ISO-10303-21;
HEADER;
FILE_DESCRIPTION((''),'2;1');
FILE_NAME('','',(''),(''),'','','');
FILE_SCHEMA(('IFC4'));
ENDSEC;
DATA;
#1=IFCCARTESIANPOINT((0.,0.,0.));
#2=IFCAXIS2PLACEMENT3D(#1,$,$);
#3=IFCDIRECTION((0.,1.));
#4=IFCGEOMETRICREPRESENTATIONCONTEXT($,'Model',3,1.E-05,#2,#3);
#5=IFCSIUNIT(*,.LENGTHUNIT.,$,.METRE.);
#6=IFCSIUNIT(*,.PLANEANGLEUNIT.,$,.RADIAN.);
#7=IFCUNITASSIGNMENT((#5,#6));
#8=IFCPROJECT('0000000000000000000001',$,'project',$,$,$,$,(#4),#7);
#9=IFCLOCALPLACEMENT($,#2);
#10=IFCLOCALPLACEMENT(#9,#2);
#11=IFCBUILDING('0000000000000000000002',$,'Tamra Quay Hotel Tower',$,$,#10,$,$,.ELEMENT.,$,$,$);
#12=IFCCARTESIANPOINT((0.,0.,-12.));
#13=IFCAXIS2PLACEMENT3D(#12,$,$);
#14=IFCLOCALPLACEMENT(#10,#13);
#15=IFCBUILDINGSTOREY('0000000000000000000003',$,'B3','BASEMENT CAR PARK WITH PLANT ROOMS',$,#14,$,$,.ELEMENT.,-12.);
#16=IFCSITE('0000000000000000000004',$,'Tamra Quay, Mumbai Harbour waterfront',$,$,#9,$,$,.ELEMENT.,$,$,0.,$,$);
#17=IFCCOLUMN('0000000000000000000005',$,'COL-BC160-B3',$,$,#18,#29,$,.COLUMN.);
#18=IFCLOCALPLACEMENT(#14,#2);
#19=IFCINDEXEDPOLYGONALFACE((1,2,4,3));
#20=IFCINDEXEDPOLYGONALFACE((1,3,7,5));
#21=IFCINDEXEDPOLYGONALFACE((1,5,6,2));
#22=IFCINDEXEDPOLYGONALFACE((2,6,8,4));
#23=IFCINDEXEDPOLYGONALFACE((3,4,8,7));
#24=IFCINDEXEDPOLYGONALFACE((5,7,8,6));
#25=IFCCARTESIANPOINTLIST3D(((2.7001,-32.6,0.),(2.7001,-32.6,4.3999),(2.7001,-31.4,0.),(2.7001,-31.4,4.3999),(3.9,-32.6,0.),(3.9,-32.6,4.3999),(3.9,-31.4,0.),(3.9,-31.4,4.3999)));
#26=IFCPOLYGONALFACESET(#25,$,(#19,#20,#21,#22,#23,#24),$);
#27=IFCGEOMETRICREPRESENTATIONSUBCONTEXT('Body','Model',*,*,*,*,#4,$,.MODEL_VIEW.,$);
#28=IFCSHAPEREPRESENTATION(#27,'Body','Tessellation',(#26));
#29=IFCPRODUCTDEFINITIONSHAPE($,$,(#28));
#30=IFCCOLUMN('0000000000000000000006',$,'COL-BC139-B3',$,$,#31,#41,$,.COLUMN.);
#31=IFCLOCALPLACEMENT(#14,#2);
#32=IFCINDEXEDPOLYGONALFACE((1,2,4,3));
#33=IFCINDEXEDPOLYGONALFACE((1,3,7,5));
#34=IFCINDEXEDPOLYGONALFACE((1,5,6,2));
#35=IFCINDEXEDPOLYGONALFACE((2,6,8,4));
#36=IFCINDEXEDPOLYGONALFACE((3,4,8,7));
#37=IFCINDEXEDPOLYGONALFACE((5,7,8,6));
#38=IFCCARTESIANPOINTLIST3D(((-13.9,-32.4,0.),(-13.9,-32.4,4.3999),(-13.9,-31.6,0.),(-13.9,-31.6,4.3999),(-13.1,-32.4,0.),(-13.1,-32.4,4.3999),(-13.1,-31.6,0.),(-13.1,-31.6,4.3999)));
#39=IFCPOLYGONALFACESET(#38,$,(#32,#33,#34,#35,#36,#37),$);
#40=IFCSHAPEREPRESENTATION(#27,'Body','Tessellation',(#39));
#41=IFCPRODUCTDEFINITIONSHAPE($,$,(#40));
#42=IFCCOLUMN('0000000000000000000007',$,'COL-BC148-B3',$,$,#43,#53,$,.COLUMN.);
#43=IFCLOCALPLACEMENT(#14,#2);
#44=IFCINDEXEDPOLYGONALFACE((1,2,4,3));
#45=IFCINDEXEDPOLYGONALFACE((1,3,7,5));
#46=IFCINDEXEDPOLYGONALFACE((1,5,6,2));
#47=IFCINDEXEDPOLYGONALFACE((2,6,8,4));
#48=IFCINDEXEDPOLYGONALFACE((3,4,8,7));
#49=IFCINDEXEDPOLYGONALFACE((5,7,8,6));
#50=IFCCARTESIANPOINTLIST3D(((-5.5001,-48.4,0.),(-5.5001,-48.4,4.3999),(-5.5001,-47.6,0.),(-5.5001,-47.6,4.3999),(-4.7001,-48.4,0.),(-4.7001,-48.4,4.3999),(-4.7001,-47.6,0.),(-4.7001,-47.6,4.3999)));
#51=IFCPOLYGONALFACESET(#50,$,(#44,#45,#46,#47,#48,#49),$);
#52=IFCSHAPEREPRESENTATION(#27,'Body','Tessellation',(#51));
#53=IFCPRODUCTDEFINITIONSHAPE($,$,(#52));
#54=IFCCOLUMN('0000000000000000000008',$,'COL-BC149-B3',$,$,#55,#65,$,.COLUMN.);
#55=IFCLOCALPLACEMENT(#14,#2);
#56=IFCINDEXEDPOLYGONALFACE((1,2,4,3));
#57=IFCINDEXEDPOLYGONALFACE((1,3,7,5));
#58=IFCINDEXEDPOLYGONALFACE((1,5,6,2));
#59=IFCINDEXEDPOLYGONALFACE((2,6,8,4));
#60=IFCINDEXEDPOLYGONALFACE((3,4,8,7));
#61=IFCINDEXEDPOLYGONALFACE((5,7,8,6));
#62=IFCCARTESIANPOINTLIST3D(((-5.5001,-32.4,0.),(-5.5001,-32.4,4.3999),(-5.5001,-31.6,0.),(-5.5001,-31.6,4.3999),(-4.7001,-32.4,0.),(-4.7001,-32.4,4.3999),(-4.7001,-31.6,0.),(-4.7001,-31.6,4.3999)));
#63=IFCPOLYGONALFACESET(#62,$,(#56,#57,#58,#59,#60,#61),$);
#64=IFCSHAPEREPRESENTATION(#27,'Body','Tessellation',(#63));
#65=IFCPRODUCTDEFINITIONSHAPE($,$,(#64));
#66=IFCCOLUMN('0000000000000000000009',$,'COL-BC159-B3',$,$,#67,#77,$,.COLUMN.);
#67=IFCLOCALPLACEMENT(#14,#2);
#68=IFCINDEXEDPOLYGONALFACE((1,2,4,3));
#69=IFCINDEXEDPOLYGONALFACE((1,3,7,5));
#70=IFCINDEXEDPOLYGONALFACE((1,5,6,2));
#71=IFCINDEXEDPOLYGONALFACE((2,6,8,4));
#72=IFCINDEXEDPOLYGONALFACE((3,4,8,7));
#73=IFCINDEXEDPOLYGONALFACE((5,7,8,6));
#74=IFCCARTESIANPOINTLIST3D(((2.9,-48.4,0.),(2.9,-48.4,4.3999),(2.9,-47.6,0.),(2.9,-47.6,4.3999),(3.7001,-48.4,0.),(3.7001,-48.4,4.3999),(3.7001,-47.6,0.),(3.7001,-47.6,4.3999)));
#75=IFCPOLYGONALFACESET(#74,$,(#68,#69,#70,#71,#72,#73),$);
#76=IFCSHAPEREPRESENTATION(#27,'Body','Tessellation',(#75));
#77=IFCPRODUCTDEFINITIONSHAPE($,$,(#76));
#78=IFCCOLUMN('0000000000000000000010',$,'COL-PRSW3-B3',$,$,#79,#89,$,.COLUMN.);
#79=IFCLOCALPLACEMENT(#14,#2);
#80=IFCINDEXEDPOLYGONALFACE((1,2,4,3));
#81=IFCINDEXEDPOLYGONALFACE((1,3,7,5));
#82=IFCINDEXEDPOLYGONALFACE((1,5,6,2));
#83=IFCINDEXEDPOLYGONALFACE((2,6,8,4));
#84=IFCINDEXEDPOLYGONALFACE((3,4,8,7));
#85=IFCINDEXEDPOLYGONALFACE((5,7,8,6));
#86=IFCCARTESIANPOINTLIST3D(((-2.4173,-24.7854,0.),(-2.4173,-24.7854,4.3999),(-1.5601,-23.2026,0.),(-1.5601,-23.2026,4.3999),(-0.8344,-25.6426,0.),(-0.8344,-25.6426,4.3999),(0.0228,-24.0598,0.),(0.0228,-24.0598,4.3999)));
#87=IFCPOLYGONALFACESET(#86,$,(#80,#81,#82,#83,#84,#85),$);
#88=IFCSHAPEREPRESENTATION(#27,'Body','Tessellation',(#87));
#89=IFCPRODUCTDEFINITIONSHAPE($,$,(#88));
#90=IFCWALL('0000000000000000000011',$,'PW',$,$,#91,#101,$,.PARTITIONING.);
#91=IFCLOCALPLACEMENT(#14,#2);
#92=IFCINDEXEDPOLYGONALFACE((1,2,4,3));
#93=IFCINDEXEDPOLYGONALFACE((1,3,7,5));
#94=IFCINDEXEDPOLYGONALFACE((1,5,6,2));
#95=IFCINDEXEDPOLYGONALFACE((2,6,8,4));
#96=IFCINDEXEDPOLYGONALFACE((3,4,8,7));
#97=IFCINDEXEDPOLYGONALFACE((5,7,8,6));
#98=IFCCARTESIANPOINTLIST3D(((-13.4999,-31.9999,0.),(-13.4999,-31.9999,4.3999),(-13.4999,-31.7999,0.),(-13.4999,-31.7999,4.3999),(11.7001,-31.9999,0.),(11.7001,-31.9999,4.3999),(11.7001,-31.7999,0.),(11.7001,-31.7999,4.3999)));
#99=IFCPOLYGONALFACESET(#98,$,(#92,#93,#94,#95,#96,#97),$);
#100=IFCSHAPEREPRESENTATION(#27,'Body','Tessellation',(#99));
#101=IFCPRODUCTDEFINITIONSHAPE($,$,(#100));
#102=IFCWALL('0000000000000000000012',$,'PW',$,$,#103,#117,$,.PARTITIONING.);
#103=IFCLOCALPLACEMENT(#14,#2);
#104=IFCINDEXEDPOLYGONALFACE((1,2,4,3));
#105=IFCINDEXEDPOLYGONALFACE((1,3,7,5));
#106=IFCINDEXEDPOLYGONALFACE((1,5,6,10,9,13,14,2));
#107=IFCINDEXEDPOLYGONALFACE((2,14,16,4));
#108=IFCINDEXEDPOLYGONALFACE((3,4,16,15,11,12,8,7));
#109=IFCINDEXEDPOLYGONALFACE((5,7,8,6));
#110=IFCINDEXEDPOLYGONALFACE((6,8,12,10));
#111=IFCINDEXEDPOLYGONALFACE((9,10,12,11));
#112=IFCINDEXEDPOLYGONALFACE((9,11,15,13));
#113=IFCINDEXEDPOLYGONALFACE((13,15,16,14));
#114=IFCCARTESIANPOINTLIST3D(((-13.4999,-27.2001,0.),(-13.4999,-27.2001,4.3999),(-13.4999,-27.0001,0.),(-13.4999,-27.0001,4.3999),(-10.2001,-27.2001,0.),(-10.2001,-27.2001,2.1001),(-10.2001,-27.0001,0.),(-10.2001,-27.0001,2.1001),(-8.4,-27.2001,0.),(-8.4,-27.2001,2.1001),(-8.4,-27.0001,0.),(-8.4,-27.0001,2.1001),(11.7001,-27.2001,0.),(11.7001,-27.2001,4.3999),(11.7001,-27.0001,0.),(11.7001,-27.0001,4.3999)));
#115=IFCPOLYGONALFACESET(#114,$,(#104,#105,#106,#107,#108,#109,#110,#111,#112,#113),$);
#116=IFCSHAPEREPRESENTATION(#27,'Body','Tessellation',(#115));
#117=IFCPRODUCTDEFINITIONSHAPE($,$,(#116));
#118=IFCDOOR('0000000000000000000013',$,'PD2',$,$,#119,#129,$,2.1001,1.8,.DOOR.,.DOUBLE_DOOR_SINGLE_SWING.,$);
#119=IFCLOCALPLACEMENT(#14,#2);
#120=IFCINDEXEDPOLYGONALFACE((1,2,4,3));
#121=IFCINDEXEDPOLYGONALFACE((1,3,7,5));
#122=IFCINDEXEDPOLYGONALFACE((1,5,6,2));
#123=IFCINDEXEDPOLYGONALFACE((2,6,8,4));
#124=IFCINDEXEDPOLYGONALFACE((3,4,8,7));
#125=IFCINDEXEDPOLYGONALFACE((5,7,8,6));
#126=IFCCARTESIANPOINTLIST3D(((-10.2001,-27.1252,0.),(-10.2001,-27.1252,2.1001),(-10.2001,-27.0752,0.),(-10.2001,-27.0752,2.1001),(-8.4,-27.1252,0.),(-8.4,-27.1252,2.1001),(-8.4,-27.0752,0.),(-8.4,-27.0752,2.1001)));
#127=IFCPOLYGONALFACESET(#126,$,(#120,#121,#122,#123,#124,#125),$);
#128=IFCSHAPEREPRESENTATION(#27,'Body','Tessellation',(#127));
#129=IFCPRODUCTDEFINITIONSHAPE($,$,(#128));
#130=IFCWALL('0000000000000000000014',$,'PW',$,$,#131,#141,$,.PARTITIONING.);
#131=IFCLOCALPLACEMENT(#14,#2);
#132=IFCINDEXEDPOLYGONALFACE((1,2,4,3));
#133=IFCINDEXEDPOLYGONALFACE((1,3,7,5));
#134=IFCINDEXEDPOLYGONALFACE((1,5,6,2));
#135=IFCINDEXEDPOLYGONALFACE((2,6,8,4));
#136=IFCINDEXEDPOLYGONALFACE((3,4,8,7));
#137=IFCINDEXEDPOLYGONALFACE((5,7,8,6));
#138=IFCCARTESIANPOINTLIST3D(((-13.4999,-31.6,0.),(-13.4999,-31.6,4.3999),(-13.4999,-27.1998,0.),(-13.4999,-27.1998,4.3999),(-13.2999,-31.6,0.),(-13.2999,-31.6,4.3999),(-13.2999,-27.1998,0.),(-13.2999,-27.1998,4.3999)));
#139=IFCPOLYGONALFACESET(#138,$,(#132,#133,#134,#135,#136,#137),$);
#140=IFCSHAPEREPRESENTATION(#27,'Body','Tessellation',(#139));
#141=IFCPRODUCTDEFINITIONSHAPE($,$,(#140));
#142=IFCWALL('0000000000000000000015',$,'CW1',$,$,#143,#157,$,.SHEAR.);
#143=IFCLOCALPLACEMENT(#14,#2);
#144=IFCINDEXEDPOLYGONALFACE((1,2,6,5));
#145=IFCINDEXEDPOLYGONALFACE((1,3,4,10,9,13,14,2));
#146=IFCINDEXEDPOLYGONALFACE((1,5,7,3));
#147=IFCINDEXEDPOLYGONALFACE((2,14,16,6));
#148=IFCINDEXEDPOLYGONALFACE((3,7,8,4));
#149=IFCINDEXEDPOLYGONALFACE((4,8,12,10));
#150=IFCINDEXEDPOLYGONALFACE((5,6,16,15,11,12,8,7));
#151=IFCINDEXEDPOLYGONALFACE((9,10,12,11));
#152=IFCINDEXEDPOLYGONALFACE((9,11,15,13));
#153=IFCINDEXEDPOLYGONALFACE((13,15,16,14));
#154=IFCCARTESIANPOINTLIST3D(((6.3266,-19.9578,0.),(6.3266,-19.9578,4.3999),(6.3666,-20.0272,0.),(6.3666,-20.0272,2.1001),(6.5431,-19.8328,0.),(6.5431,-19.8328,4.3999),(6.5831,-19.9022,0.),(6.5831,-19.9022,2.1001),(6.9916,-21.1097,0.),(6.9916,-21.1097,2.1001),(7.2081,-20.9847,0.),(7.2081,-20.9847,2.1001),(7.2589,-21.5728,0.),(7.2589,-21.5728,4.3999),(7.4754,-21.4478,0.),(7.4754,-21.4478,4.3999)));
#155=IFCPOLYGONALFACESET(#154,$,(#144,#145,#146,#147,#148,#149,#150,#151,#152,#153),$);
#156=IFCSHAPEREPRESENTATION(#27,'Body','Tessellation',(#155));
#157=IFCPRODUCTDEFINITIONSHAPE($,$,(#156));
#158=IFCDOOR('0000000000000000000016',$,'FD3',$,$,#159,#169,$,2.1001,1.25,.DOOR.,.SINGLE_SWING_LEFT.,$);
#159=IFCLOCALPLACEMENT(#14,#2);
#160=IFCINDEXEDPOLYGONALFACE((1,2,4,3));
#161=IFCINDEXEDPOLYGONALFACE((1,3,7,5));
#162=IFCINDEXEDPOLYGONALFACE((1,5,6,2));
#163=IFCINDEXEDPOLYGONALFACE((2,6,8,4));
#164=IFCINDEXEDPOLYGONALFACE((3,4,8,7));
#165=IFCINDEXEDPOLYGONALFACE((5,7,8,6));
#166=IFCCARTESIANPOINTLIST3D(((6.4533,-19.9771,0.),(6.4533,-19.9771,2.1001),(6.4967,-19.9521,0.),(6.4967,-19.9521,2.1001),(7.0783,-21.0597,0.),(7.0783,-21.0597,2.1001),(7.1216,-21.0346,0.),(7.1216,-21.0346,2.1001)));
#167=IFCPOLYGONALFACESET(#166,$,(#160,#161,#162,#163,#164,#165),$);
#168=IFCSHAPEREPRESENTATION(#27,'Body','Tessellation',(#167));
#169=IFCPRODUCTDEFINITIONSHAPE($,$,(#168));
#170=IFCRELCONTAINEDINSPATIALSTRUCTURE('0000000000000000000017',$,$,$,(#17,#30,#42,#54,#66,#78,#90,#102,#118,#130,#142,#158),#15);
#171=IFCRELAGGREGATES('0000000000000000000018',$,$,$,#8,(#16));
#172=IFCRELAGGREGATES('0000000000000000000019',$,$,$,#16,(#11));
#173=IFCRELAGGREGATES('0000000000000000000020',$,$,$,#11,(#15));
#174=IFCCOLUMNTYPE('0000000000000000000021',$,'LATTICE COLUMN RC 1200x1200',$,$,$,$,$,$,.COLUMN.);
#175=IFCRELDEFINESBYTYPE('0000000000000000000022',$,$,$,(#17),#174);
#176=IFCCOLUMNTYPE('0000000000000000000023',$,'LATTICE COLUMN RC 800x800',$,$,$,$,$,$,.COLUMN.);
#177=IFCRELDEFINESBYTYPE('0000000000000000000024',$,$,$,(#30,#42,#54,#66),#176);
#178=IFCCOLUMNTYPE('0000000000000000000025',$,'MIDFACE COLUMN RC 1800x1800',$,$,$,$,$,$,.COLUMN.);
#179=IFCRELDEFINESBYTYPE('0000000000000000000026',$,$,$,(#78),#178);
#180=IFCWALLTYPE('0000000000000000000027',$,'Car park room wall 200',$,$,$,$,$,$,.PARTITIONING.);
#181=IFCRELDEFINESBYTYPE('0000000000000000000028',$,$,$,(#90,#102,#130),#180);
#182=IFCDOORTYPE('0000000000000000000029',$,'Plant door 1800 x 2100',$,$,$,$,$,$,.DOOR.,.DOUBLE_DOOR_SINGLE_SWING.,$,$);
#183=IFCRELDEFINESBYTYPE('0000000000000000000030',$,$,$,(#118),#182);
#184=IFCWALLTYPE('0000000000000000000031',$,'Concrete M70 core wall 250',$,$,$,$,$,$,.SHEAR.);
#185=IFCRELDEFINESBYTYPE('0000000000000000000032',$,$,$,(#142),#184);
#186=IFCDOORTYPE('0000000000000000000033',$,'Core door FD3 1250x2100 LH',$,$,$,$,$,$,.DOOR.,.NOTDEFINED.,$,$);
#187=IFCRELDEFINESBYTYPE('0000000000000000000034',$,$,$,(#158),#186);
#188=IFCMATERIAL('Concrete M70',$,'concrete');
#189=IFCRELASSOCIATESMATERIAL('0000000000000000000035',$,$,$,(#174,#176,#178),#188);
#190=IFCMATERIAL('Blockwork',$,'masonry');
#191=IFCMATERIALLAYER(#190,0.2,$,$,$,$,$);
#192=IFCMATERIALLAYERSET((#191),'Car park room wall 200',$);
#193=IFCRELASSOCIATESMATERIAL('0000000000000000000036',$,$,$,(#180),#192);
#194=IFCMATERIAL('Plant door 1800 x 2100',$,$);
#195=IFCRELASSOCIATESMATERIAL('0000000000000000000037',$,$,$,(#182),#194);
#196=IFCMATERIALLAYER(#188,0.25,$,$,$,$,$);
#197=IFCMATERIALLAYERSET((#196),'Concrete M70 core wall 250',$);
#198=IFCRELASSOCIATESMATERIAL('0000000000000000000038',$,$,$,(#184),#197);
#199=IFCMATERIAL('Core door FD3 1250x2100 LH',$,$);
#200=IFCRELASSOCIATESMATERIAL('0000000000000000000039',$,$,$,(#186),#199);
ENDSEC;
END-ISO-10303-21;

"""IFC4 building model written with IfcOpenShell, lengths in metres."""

from ifc_helpers import new_model, si_unit, direction, frame, frame_2d, origin, origin_2d, place, context, subcontext, project, spatial, rectangle, extrude, material, layer, layer_set, material_profile, profile_set, type_object, element, fill, save


model = new_model("IFC4")

# Units and contexts
model_context = context("Model", 3, precision=1e-05, world=origin(), true_north=direction((0.0, 1.0)))
body_context = subcontext(model_context, "Body", "Model", "MODEL_VIEW")
ifc_project = project(units=[si_unit("LENGTHUNIT", "METRE"), si_unit("PLANEANGLEUNIT", "RADIAN")], contexts=[model_context])

# Site, building, storey
site_placement = place(None, origin())
site = spatial("IfcSite", under=ifc_project, at=site_placement, Name="Tamra Quay, Mumbai Harbour waterfront", CompositionType="ELEMENT", RefElevation=0.0)
building_placement = place(site_placement, origin())
building = spatial("IfcBuilding", under=site, at=building_placement, Name="Tamra Quay Hotel Tower", CompositionType="ELEMENT")
storey_placement = place(building_placement, frame((0.0, 0.0, -12.0)))
storey = spatial("IfcBuildingStorey", under=building, at=storey_placement, Name="B3", Description="BASEMENT CAR PARK WITH PLANT ROOMS", CompositionType="ELEMENT", Elevation=-12.0)

# Columns
ifc_material_1 = material(Name="Concrete M70", Category="concrete")
ifc_material_profile_1 = material_profile(ifc_material_1, rectangle(XDim=1.2, YDim=1.2, at=origin_2d()), Name="LATTICE COLUMN RC 1200x1200")
ifc_profile_set_1 = profile_set([ifc_material_profile_1], Name="Concrete M70")
column_type_1 = type_object("IfcColumnType", Name="LATTICE COLUMN RC 1200x1200", PredefinedType="COLUMN", material=ifc_profile_set_1)
column_1_placement = place(storey_placement, frame((3.3, -32.0, 0.0), z_axis=(0.0, 0.0, 1.0), x_axis=(1.0, 0.0, 0.0)))
element("IfcColumn", 1, at=column_1_placement, inside=storey, type_object=column_type_1, Name="COL-BC160-B3", PredefinedType="COLUMN", context=body_context, shape_type="SweptSolid", body=[
    extrude(rectangle(XDim=1.2, YDim=1.2, at=origin_2d()), origin(), (0.0, 0.0, 1.0), 4.3999),
])
ifc_material_profile_2 = material_profile(ifc_material_1, rectangle(XDim=0.8, YDim=0.8, at=origin_2d()), Name="LATTICE COLUMN RC 800x800")
ifc_profile_set_2 = profile_set([ifc_material_profile_2], Name="Concrete M70")
column_type_2 = type_object("IfcColumnType", Name="LATTICE COLUMN RC 800x800", PredefinedType="COLUMN", material=ifc_profile_set_2)
for number, where, z_axis, x_axis, name in (
    (2, (-13.5, -32.0, 0.0), (0.0, 0.0, 1.0), (1.0, 0.0, 0.0), "COL-BC139-B3"),
    (3, (-5.1001, -48.0, 0.0), (0.0, 0.0, 1.0), (1.0, 0.0, 0.0), "COL-BC148-B3"),
    (4, (-5.1001, -32.0, 0.0), (0.0, 0.0, 1.0), (1.0, 0.0, 0.0), "COL-BC149-B3"),
    (5, (3.3, -48.0, 0.0), (0.0, 0.0, 1.0), (1.0, 0.0, 0.0), "COL-BC159-B3"),
):
    element("IfcColumn", number, at=place(storey_placement, frame(where, z_axis=z_axis, x_axis=x_axis)), inside=storey, type_object=column_type_2, Name=name, PredefinedType="COLUMN", context=body_context, shape_type="SweptSolid", body=[
        extrude(rectangle(XDim=0.8, YDim=0.8, at=origin_2d()), origin(), (0.0, 0.0, 1.0), 4.3999),
    ])
ifc_material_profile_3 = material_profile(ifc_material_1, rectangle(XDim=1.8, YDim=1.8, at=origin_2d()), Name="MIDFACE COLUMN RC 1800x1800")
ifc_profile_set_3 = profile_set([ifc_material_profile_3], Name="Concrete M70")
column_type_3 = type_object("IfcColumnType", Name="MIDFACE COLUMN RC 1800x1800", PredefinedType="COLUMN", material=ifc_profile_set_3)
column_2_placement = place(storey_placement, frame((-1.1973, -24.4226, 0.0), z_axis=(0.0, 0.0, 1.0), x_axis=(0.476198, 0.879338, 0.0)))
element("IfcColumn", 6, at=column_2_placement, inside=storey, type_object=column_type_3, Name="COL-PRSW3-B3", PredefinedType="COLUMN", context=body_context, shape_type="SweptSolid", body=[
    extrude(rectangle(XDim=1.8, YDim=1.8, at=origin_2d()), origin(), (0.0, 0.0, 1.0), 4.3999),
])

# Wall
ifc_material_2 = material(Name="Blockwork", Category="masonry")
ifc_layer_1 = layer(ifc_material_2, 0.2)
ifc_layer_set_1 = layer_set([ifc_layer_1], Name="Car park room wall 200")
wall_type_1 = type_object("IfcWallType", Name="Car park room wall 200", PredefinedType="PARTITIONING", material=ifc_layer_set_1)
wall_1_placement = place(storey_placement, frame((-13.5, -31.8999, 0.0), z_axis=(0.0, 0.0, 1.0), x_axis=(1.0, 0.0, 0.0)))
element("IfcWall", 7, at=wall_1_placement, inside=storey, type_object=wall_type_1, Name="PW", PredefinedType="PARTITIONING", context=body_context, shape_type="SweptSolid", body=[
    extrude(rectangle(XDim=25.2, YDim=0.2, at=frame_2d((12.6001, 0.0))), origin(), (0.0, 0.0, 1.0), 4.3999),
])

# Wall, opening, door
wall_2_placement = place(storey_placement, frame((-13.5, -27.1001, 0.0), z_axis=(0.0, 0.0, 1.0), x_axis=(1.0, 0.0, 0.0)))
wall_2 = element("IfcWall", 8, at=wall_2_placement, inside=storey, type_object=wall_type_1, Name="PW", PredefinedType="PARTITIONING", context=body_context, shape_type="SweptSolid", body=[
    extrude(rectangle(XDim=25.2, YDim=0.2, at=frame_2d((12.6001, 0.0))), origin(), (0.0, 0.0, 1.0), 4.3999),
])
opening_1_placement = place(wall_2_placement, frame((3.3, 0.0, 0.0)))
opening_1 = element("IfcOpeningElement", 9, at=opening_1_placement, cuts=wall_2, PredefinedType="OPENING", context=body_context, shape_type="SweptSolid", body=[
    extrude(rectangle(XDim=1.8, YDim=2.1001, at=frame_2d((0.8999, 1.05))), frame((0.0, 0.1099, 0.0), z_axis=(0.0, -1.0, 0.0), x_axis=(1.0, 0.0, 0.0)), (0.0, 0.0, 1.0), 0.22),
])
ifc_material_3 = material(Name="Plant door 1800 x 2100")
door_type_1 = type_object("IfcDoorType", Name="Plant door 1800 x 2100", OperationType="DOUBLE_DOOR_SINGLE_SWING", PredefinedType="DOOR", material=ifc_material_3)
door_1_placement = place(opening_1_placement, origin())
door_1 = element("IfcDoor", 10, at=door_1_placement, inside=storey, type_object=door_type_1, Name="PD2", OperationType="DOUBLE_DOOR_SINGLE_SWING", OverallHeight=2.1001, OverallWidth=1.8, PredefinedType="DOOR", context=body_context, shape_type="SweptSolid", body=[
    extrude(rectangle(XDim=1.8, YDim=2.1001, at=frame_2d((0.8999, 1.05))), frame((0.0, 0.0249, 0.0), z_axis=(0.0, -1.0, 0.0), x_axis=(1.0, 0.0, 0.0)), (0.0, 0.0, 1.0), 0.05),
])
fill(opening_1, door_1)

# Wall
wall_3_placement = place(storey_placement, frame((-13.3999, -31.6001, 0.0), z_axis=(0.0, 0.0, 1.0), x_axis=(0.0, 1.0, 0.0)))
element("IfcWall", 11, at=wall_3_placement, inside=storey, type_object=wall_type_1, Name="PW", PredefinedType="PARTITIONING", context=body_context, shape_type="SweptSolid", body=[
    extrude(rectangle(XDim=4.4001, YDim=0.2, at=frame_2d((2.2002, 0.0))), origin(), (0.0, 0.0, 1.0), 4.3999),
])

# Wall, opening, door
ifc_layer_2 = layer(ifc_material_1, 0.25)
ifc_layer_set_2 = layer_set([ifc_layer_2], Name="Concrete M70 core wall 250")
wall_type_2 = type_object("IfcWallType", Name="Concrete M70 core wall 250", PredefinedType="SHEAR", material=ifc_layer_set_2)
wall_4_placement = place(storey_placement, frame((7.3672, -21.5103, 0.0), z_axis=(0.0, 0.0, 1.0), x_axis=(-0.499983, 0.866035, 0.0)))
wall_4 = element("IfcWall", 12, at=wall_4_placement, inside=storey, type_object=wall_type_2, Name="CW1", PredefinedType="SHEAR", context=body_context, shape_type="SweptSolid", body=[
    extrude(rectangle(XDim=1.8647, YDim=0.25, at=frame_2d((0.9324, 0.0))), origin(), (0.0, 0.0, 1.0), 4.3999),
])
opening_2_placement = place(wall_4_placement, frame((0.5347, 0.0, 0.0)))
opening_2 = element("IfcOpeningElement", 13, at=opening_2_placement, cuts=wall_4, PredefinedType="OPENING", context=body_context, shape_type="SweptSolid", body=[
    extrude(rectangle(XDim=1.25, YDim=2.1001, at=frame_2d((0.625, 1.05))), frame((0.0, 0.135, 0.0), z_axis=(0.0, -1.0, 0.0), x_axis=(1.0, 0.0, 0.0)), (0.0, 0.0, 1.0), 0.27),
])
ifc_material_4 = material(Name="Core door FD3 1250x2100 LH")
door_type_2 = type_object("IfcDoorType", Name="Core door FD3 1250x2100 LH", OperationType="NOTDEFINED", PredefinedType="DOOR", material=ifc_material_4)
door_2_placement = place(opening_2_placement, origin())
door_2 = element("IfcDoor", 14, at=door_2_placement, inside=storey, type_object=door_type_2, Name="FD3", OperationType="SINGLE_SWING_LEFT", OverallHeight=2.1001, OverallWidth=1.25, PredefinedType="DOOR", context=body_context, shape_type="SweptSolid", body=[
    extrude(rectangle(XDim=1.25, YDim=2.1001, at=frame_2d((0.625, 1.05))), frame((0.0, 0.0249, 0.0), z_axis=(0.0, -1.0, 0.0), x_axis=(1.0, 0.0, 0.0)), (0.0, 0.0, 1.0), 0.05),
])
fill(opening_2, door_2)

save(model, "model.ifc")
